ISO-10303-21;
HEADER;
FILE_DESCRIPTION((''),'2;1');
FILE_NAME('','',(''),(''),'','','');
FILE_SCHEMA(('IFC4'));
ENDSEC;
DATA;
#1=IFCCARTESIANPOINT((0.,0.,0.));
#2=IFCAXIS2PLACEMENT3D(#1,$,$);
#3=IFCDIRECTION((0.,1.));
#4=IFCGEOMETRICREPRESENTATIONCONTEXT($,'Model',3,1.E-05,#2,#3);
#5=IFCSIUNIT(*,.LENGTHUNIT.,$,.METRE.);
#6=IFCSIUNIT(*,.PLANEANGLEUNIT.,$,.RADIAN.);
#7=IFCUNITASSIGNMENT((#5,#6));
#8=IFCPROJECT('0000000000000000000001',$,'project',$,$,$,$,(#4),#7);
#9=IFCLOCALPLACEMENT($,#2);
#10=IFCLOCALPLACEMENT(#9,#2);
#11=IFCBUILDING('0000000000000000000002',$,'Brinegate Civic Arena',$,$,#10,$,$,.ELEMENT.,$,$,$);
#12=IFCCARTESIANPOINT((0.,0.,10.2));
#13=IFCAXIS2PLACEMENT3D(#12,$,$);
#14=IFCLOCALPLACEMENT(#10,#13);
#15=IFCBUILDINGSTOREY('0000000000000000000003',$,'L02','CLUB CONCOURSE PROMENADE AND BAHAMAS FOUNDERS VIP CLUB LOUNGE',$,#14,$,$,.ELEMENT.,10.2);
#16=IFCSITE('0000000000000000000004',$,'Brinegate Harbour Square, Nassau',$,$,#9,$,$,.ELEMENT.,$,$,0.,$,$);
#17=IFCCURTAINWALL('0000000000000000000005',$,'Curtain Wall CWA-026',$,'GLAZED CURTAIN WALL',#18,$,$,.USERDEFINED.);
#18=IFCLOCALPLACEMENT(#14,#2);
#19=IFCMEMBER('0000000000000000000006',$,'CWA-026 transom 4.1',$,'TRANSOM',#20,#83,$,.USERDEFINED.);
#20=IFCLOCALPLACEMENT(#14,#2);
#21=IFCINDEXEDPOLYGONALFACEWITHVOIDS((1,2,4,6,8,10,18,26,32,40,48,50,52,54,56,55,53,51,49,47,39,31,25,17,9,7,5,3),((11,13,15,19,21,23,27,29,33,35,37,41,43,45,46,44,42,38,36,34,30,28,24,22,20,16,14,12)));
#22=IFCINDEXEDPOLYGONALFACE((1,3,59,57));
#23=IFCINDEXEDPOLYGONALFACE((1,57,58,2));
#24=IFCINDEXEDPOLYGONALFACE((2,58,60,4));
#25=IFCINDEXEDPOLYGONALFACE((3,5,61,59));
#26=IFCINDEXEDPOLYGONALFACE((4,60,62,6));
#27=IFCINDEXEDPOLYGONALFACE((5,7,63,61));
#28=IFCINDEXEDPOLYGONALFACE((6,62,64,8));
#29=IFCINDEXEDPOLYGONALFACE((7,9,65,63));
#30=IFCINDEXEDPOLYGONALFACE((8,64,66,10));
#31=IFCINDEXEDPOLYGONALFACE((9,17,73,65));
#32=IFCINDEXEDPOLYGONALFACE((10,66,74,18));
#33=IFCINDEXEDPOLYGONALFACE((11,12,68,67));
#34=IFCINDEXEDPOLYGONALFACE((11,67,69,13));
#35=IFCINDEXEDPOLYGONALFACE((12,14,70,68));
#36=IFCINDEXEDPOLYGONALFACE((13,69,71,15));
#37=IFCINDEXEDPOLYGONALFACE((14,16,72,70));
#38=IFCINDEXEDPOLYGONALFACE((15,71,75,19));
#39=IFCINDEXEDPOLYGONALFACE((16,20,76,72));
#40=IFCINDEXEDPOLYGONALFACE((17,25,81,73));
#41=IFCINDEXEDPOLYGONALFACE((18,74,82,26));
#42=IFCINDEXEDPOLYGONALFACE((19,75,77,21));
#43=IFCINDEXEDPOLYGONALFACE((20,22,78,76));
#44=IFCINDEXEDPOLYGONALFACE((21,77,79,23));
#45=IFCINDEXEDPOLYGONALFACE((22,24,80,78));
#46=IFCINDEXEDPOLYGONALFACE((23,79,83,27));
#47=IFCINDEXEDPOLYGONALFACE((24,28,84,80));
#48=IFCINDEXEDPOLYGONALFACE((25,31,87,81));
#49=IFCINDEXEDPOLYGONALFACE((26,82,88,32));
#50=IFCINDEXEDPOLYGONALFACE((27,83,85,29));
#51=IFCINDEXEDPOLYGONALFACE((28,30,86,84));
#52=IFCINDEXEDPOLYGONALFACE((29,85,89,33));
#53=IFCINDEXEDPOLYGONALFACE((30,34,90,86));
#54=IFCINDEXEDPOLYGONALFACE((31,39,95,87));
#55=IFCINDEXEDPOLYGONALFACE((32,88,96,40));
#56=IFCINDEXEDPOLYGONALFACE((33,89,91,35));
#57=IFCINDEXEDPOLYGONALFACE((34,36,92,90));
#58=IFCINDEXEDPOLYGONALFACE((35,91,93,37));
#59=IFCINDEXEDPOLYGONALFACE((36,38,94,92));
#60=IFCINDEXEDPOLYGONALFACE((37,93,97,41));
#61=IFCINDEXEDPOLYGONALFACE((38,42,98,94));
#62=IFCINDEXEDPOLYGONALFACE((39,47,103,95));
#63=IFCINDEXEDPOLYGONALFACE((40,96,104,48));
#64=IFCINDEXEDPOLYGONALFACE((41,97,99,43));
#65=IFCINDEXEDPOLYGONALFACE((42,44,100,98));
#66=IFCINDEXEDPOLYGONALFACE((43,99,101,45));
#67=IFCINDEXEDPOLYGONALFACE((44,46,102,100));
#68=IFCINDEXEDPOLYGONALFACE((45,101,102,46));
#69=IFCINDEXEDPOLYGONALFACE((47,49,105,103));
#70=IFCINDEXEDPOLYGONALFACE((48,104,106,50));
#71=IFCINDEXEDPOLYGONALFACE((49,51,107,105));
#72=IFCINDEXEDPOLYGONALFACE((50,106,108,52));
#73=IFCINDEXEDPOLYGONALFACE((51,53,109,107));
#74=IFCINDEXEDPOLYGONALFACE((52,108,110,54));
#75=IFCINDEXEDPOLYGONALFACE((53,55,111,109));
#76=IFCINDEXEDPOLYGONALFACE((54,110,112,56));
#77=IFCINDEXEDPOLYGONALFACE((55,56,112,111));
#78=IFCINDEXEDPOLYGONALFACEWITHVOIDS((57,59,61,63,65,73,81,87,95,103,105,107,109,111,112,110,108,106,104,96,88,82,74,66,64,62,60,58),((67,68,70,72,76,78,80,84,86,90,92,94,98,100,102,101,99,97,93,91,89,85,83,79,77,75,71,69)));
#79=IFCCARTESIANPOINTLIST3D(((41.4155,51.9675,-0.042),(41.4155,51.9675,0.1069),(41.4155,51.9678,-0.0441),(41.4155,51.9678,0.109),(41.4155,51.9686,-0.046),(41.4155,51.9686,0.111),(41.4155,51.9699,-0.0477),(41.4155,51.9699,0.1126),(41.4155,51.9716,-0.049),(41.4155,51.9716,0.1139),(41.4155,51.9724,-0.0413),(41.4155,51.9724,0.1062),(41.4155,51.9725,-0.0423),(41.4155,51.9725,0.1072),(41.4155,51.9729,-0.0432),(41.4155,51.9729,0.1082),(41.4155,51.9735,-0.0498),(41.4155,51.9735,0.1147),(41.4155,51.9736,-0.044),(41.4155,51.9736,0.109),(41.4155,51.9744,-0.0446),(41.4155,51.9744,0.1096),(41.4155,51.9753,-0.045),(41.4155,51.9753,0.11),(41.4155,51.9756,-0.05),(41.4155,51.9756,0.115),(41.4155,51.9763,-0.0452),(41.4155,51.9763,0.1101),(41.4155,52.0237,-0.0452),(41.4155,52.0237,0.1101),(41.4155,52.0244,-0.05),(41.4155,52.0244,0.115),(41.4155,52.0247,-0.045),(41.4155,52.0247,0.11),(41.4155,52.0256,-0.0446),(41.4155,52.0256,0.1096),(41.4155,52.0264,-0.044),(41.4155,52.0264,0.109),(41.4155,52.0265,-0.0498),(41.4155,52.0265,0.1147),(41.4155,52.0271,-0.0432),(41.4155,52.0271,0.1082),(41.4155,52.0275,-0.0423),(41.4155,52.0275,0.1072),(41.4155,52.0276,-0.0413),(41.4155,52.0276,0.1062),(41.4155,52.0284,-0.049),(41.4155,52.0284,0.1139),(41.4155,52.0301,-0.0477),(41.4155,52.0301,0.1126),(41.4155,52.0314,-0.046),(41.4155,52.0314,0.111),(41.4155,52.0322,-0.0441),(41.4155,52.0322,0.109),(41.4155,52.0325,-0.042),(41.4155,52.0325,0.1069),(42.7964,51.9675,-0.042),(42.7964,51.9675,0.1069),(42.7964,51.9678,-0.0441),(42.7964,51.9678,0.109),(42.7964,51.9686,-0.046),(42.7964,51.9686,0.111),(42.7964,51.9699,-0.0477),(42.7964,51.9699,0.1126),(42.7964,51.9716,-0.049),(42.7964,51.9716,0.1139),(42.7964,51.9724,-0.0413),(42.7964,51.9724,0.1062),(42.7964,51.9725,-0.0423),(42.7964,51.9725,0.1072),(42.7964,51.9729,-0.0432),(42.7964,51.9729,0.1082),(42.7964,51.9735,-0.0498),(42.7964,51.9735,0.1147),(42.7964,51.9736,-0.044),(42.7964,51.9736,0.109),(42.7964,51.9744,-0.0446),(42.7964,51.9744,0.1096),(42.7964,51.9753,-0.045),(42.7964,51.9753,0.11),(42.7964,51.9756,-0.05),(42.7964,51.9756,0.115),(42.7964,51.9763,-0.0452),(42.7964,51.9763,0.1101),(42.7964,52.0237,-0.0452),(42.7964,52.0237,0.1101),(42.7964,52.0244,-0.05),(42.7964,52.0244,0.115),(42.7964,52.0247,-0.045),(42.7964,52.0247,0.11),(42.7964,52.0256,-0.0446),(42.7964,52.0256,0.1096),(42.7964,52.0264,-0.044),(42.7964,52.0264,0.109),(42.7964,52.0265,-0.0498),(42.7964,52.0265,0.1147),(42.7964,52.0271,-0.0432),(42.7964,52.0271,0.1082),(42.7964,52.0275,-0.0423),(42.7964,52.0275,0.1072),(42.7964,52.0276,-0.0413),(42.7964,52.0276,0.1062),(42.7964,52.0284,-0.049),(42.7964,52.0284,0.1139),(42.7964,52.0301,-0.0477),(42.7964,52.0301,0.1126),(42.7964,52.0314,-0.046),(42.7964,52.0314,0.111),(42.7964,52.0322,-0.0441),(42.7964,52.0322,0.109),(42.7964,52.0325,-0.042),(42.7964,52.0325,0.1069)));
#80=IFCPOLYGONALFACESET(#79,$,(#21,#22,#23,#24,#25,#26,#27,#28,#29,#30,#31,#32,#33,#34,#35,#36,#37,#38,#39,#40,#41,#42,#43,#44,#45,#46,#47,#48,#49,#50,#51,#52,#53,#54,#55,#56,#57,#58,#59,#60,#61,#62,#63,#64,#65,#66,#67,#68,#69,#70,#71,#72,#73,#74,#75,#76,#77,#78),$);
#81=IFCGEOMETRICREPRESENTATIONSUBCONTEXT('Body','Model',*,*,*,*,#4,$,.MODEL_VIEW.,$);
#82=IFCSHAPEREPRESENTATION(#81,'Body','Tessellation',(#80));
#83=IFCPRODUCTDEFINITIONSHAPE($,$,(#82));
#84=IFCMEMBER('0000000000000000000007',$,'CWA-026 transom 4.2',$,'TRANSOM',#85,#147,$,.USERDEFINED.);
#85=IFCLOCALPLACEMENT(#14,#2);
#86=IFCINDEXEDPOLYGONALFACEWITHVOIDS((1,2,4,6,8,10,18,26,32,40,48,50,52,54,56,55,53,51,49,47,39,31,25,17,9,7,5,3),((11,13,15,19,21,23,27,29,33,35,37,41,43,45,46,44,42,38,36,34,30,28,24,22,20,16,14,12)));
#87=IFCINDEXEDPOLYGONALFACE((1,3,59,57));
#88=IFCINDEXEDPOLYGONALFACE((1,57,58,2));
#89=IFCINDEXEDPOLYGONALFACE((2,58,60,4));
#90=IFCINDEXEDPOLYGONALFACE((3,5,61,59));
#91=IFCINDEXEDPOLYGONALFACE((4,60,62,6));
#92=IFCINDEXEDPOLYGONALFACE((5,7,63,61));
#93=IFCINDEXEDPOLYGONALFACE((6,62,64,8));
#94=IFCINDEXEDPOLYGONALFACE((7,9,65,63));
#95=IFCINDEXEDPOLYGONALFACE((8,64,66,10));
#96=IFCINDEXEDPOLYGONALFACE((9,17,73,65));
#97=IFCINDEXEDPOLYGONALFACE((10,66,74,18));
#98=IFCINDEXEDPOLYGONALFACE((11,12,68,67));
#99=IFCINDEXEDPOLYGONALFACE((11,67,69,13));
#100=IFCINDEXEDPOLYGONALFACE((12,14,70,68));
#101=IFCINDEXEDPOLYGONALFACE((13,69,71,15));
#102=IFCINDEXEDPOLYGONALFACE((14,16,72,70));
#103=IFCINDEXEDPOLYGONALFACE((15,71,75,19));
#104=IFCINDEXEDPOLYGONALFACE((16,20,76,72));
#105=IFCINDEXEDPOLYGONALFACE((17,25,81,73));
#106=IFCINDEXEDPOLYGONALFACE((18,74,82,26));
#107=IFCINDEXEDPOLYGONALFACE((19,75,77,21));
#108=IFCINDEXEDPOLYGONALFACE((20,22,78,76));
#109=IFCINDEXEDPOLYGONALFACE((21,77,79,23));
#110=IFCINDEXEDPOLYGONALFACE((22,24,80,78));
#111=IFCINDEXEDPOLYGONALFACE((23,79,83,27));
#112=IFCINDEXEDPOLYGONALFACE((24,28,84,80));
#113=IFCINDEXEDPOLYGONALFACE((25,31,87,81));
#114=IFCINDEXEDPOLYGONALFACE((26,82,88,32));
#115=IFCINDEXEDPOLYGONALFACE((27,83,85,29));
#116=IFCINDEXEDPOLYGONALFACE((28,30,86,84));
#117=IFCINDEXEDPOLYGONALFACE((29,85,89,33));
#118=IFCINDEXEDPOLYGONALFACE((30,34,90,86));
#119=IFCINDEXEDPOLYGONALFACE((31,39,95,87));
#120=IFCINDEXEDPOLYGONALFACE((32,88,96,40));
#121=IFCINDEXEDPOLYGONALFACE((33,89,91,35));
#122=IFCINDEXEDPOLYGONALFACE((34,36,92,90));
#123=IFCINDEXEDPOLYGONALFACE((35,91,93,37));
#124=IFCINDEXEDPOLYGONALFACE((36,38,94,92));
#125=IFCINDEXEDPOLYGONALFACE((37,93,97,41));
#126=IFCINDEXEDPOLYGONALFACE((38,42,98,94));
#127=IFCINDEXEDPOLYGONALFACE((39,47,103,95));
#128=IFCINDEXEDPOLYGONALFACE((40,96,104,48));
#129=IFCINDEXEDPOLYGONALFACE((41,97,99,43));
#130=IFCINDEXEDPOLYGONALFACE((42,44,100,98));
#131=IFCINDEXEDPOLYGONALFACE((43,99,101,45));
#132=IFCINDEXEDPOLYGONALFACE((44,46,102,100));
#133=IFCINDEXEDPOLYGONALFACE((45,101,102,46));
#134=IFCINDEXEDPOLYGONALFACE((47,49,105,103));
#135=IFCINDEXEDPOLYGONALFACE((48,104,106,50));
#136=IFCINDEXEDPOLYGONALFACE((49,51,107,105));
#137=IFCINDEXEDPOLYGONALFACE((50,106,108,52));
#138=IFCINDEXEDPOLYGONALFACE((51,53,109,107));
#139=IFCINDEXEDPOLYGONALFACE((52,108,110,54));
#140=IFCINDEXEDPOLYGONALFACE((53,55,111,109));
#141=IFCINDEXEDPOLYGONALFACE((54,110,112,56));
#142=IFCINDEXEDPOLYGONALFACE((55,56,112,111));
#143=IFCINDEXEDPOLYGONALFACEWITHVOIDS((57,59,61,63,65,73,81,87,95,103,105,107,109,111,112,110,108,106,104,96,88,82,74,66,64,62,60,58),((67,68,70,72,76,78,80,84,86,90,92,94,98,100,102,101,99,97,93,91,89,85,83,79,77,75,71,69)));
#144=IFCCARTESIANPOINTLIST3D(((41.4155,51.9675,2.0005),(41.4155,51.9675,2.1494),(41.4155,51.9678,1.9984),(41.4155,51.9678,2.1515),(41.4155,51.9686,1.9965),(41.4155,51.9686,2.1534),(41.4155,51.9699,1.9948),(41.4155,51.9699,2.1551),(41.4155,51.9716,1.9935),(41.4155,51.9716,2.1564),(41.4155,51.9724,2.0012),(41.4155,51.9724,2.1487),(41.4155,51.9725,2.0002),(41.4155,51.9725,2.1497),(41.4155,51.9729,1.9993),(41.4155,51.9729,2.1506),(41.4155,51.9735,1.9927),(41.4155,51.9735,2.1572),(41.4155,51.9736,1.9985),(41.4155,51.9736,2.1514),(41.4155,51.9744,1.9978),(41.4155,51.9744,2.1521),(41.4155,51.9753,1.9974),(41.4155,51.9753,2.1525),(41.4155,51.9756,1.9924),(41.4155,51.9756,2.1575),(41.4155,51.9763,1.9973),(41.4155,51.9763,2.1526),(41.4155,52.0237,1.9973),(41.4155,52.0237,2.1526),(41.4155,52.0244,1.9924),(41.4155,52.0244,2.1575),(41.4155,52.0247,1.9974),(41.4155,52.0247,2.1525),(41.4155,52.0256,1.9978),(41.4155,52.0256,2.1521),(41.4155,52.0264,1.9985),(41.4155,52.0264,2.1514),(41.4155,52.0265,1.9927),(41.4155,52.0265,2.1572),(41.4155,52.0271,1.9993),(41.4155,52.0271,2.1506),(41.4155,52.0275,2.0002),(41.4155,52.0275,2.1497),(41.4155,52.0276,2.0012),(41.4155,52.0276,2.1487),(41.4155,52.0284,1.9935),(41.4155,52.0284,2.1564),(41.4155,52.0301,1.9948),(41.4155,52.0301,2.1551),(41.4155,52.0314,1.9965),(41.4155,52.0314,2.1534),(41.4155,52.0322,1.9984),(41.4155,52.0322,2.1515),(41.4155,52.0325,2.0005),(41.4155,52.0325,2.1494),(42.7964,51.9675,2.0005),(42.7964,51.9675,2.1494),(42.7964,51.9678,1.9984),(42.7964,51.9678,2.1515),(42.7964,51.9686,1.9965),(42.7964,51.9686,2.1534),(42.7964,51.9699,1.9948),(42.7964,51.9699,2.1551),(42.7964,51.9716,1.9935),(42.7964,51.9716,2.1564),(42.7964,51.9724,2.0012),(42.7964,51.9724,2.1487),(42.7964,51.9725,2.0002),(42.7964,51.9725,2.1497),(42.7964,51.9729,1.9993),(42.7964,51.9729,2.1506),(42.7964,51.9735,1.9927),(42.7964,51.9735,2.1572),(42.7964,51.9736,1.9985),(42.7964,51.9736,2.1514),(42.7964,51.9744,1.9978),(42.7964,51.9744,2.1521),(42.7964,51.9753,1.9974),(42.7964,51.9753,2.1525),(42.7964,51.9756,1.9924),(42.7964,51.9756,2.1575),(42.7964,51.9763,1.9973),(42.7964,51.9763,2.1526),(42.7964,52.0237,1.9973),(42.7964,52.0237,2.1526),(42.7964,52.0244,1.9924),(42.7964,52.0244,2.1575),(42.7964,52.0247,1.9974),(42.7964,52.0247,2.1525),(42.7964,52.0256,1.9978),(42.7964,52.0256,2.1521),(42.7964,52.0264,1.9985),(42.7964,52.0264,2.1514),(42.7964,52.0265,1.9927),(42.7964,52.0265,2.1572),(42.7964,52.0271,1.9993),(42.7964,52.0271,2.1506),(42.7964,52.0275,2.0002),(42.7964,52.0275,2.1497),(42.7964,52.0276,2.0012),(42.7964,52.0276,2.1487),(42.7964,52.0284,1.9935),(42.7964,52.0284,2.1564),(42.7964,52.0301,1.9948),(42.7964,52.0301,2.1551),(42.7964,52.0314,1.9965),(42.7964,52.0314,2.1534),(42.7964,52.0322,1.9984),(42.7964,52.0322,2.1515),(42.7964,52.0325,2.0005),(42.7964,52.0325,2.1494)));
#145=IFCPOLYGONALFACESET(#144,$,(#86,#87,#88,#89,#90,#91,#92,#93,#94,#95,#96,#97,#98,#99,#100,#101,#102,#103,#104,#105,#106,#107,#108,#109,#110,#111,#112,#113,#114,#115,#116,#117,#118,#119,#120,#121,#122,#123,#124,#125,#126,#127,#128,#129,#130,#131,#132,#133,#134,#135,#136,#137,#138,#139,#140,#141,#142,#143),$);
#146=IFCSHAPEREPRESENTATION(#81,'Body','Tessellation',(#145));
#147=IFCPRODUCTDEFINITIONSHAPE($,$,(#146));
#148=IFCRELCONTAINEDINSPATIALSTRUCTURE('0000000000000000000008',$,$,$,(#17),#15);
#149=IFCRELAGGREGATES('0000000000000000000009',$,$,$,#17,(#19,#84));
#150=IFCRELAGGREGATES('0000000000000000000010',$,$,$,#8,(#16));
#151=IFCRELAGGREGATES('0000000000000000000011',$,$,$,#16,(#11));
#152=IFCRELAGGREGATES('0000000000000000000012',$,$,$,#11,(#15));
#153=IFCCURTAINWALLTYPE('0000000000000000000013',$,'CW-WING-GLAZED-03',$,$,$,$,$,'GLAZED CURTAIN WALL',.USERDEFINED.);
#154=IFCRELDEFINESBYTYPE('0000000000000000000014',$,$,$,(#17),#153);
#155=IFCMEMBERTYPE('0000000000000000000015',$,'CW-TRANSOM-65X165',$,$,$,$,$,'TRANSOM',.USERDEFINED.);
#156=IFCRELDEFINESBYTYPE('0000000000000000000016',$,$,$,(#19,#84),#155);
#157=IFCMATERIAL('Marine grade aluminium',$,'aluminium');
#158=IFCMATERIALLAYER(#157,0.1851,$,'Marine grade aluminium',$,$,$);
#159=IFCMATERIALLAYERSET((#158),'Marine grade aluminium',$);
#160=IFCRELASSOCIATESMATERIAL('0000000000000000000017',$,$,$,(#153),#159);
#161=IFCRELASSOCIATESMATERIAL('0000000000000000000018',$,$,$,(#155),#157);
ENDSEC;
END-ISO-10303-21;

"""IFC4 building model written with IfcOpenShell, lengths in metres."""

from ifc_helpers import new_model, si_unit, direction, frame, origin, origin_2d, place, context, subcontext, project, spatial, hollow_rectangle, extrude, material, layer, layer_set, material_profile, profile_set, type_object, element, aggregate, save


model = new_model("IFC4")

# Units and contexts
model_context = context("Model", 3, precision=1e-05, world=origin(), true_north=direction((0.0, 1.0)))
body_context = subcontext(model_context, "Body", "Model", "MODEL_VIEW")
ifc_project = project(units=[si_unit("LENGTHUNIT", "METRE"), si_unit("PLANEANGLEUNIT", "RADIAN")], contexts=[model_context])

# Site, building, storey
site_placement = place(None, origin())
site = spatial("IfcSite", under=ifc_project, at=site_placement, Name="Brinegate Harbour Square, Nassau", CompositionType="ELEMENT", RefElevation=0.0)
building_placement = place(site_placement, origin())
building = spatial("IfcBuilding", under=site, at=building_placement, Name="Brinegate Civic Arena", CompositionType="ELEMENT")
storey_placement = place(building_placement, frame((0.0, 0.0, 10.2)))
storey = spatial("IfcBuildingStorey", under=building, at=storey_placement, Name="L02", Description="CLUB CONCOURSE PROMENADE AND BAHAMAS FOUNDERS VIP CLUB LOUNGE", CompositionType="ELEMENT", Elevation=10.2)

# Curtain wall
ifc_material_1 = material(Name="Marine grade aluminium", Category="aluminium")
ifc_layer_1 = layer(ifc_material_1, 0.1851, Name="Marine grade aluminium")
ifc_layer_set_1 = layer_set([ifc_layer_1], Name="Marine grade aluminium")
curtain_wall_type_1 = type_object("IfcCurtainWallType", Name="CW-WING-GLAZED-03", ElementType="GLAZED CURTAIN WALL", PredefinedType="USERDEFINED", material=ifc_layer_set_1)
curtain_wall_1_placement = place(storey_placement, origin())
curtain_wall_1 = element("IfcCurtainWall", 1, at=curtain_wall_1_placement, inside=storey, type_object=curtain_wall_type_1, Name="Curtain Wall CWA-026", ObjectType="GLAZED CURTAIN WALL", PredefinedType="USERDEFINED")

# Members
ifc_material_profile_1 = material_profile(ifc_material_1, hollow_rectangle(XDim=0.0649, YDim=0.165, WallThickness=0.0049, InnerFilletRadius=0.0039, OuterFilletRadius=0.0081, at=origin_2d()), Name="TRN65X165")
ifc_profile_set_1 = profile_set([ifc_material_profile_1], Name="Marine grade aluminium")
member_type_1 = type_object("IfcMemberType", Name="CW-TRANSOM-65X165", ElementType="TRANSOM", PredefinedType="USERDEFINED", material=ifc_profile_set_1)
member_1_placement = place(storey_placement, frame((41.4155, 52.0, 0.0325), z_axis=(1.0, 0.0, 0.0), x_axis=(0.0, 1.0, 0.0)))
member_1 = element("IfcMember", 2, at=member_1_placement, type_object=member_type_1, Name="CWA-026 transom 4.1", ObjectType="TRANSOM", PredefinedType="USERDEFINED", context=body_context, shape_type="SweptSolid", body=[
    extrude(hollow_rectangle(XDim=0.0649, YDim=0.165, WallThickness=0.0049, InnerFilletRadius=0.0039, OuterFilletRadius=0.0081, at=origin_2d()), origin(), (0.0, 0.0, 1.0), 1.3809),
])
member_2_placement = place(storey_placement, frame((41.4155, 52.0, 2.075), z_axis=(1.0, 0.0, 0.0), x_axis=(0.0, 1.0, 0.0)))
member_2 = element("IfcMember", 3, at=member_2_placement, type_object=member_type_1, Name="CWA-026 transom 4.2", ObjectType="TRANSOM", PredefinedType="USERDEFINED", context=body_context, shape_type="SweptSolid", body=[
    extrude(hollow_rectangle(XDim=0.0649, YDim=0.165, WallThickness=0.0049, InnerFilletRadius=0.0039, OuterFilletRadius=0.0081, at=origin_2d()), origin(), (0.0, 0.0, 1.0), 1.3809),
])

aggregate(curtain_wall_1, [member_1, member_2])

save(model, "model.ifc")
